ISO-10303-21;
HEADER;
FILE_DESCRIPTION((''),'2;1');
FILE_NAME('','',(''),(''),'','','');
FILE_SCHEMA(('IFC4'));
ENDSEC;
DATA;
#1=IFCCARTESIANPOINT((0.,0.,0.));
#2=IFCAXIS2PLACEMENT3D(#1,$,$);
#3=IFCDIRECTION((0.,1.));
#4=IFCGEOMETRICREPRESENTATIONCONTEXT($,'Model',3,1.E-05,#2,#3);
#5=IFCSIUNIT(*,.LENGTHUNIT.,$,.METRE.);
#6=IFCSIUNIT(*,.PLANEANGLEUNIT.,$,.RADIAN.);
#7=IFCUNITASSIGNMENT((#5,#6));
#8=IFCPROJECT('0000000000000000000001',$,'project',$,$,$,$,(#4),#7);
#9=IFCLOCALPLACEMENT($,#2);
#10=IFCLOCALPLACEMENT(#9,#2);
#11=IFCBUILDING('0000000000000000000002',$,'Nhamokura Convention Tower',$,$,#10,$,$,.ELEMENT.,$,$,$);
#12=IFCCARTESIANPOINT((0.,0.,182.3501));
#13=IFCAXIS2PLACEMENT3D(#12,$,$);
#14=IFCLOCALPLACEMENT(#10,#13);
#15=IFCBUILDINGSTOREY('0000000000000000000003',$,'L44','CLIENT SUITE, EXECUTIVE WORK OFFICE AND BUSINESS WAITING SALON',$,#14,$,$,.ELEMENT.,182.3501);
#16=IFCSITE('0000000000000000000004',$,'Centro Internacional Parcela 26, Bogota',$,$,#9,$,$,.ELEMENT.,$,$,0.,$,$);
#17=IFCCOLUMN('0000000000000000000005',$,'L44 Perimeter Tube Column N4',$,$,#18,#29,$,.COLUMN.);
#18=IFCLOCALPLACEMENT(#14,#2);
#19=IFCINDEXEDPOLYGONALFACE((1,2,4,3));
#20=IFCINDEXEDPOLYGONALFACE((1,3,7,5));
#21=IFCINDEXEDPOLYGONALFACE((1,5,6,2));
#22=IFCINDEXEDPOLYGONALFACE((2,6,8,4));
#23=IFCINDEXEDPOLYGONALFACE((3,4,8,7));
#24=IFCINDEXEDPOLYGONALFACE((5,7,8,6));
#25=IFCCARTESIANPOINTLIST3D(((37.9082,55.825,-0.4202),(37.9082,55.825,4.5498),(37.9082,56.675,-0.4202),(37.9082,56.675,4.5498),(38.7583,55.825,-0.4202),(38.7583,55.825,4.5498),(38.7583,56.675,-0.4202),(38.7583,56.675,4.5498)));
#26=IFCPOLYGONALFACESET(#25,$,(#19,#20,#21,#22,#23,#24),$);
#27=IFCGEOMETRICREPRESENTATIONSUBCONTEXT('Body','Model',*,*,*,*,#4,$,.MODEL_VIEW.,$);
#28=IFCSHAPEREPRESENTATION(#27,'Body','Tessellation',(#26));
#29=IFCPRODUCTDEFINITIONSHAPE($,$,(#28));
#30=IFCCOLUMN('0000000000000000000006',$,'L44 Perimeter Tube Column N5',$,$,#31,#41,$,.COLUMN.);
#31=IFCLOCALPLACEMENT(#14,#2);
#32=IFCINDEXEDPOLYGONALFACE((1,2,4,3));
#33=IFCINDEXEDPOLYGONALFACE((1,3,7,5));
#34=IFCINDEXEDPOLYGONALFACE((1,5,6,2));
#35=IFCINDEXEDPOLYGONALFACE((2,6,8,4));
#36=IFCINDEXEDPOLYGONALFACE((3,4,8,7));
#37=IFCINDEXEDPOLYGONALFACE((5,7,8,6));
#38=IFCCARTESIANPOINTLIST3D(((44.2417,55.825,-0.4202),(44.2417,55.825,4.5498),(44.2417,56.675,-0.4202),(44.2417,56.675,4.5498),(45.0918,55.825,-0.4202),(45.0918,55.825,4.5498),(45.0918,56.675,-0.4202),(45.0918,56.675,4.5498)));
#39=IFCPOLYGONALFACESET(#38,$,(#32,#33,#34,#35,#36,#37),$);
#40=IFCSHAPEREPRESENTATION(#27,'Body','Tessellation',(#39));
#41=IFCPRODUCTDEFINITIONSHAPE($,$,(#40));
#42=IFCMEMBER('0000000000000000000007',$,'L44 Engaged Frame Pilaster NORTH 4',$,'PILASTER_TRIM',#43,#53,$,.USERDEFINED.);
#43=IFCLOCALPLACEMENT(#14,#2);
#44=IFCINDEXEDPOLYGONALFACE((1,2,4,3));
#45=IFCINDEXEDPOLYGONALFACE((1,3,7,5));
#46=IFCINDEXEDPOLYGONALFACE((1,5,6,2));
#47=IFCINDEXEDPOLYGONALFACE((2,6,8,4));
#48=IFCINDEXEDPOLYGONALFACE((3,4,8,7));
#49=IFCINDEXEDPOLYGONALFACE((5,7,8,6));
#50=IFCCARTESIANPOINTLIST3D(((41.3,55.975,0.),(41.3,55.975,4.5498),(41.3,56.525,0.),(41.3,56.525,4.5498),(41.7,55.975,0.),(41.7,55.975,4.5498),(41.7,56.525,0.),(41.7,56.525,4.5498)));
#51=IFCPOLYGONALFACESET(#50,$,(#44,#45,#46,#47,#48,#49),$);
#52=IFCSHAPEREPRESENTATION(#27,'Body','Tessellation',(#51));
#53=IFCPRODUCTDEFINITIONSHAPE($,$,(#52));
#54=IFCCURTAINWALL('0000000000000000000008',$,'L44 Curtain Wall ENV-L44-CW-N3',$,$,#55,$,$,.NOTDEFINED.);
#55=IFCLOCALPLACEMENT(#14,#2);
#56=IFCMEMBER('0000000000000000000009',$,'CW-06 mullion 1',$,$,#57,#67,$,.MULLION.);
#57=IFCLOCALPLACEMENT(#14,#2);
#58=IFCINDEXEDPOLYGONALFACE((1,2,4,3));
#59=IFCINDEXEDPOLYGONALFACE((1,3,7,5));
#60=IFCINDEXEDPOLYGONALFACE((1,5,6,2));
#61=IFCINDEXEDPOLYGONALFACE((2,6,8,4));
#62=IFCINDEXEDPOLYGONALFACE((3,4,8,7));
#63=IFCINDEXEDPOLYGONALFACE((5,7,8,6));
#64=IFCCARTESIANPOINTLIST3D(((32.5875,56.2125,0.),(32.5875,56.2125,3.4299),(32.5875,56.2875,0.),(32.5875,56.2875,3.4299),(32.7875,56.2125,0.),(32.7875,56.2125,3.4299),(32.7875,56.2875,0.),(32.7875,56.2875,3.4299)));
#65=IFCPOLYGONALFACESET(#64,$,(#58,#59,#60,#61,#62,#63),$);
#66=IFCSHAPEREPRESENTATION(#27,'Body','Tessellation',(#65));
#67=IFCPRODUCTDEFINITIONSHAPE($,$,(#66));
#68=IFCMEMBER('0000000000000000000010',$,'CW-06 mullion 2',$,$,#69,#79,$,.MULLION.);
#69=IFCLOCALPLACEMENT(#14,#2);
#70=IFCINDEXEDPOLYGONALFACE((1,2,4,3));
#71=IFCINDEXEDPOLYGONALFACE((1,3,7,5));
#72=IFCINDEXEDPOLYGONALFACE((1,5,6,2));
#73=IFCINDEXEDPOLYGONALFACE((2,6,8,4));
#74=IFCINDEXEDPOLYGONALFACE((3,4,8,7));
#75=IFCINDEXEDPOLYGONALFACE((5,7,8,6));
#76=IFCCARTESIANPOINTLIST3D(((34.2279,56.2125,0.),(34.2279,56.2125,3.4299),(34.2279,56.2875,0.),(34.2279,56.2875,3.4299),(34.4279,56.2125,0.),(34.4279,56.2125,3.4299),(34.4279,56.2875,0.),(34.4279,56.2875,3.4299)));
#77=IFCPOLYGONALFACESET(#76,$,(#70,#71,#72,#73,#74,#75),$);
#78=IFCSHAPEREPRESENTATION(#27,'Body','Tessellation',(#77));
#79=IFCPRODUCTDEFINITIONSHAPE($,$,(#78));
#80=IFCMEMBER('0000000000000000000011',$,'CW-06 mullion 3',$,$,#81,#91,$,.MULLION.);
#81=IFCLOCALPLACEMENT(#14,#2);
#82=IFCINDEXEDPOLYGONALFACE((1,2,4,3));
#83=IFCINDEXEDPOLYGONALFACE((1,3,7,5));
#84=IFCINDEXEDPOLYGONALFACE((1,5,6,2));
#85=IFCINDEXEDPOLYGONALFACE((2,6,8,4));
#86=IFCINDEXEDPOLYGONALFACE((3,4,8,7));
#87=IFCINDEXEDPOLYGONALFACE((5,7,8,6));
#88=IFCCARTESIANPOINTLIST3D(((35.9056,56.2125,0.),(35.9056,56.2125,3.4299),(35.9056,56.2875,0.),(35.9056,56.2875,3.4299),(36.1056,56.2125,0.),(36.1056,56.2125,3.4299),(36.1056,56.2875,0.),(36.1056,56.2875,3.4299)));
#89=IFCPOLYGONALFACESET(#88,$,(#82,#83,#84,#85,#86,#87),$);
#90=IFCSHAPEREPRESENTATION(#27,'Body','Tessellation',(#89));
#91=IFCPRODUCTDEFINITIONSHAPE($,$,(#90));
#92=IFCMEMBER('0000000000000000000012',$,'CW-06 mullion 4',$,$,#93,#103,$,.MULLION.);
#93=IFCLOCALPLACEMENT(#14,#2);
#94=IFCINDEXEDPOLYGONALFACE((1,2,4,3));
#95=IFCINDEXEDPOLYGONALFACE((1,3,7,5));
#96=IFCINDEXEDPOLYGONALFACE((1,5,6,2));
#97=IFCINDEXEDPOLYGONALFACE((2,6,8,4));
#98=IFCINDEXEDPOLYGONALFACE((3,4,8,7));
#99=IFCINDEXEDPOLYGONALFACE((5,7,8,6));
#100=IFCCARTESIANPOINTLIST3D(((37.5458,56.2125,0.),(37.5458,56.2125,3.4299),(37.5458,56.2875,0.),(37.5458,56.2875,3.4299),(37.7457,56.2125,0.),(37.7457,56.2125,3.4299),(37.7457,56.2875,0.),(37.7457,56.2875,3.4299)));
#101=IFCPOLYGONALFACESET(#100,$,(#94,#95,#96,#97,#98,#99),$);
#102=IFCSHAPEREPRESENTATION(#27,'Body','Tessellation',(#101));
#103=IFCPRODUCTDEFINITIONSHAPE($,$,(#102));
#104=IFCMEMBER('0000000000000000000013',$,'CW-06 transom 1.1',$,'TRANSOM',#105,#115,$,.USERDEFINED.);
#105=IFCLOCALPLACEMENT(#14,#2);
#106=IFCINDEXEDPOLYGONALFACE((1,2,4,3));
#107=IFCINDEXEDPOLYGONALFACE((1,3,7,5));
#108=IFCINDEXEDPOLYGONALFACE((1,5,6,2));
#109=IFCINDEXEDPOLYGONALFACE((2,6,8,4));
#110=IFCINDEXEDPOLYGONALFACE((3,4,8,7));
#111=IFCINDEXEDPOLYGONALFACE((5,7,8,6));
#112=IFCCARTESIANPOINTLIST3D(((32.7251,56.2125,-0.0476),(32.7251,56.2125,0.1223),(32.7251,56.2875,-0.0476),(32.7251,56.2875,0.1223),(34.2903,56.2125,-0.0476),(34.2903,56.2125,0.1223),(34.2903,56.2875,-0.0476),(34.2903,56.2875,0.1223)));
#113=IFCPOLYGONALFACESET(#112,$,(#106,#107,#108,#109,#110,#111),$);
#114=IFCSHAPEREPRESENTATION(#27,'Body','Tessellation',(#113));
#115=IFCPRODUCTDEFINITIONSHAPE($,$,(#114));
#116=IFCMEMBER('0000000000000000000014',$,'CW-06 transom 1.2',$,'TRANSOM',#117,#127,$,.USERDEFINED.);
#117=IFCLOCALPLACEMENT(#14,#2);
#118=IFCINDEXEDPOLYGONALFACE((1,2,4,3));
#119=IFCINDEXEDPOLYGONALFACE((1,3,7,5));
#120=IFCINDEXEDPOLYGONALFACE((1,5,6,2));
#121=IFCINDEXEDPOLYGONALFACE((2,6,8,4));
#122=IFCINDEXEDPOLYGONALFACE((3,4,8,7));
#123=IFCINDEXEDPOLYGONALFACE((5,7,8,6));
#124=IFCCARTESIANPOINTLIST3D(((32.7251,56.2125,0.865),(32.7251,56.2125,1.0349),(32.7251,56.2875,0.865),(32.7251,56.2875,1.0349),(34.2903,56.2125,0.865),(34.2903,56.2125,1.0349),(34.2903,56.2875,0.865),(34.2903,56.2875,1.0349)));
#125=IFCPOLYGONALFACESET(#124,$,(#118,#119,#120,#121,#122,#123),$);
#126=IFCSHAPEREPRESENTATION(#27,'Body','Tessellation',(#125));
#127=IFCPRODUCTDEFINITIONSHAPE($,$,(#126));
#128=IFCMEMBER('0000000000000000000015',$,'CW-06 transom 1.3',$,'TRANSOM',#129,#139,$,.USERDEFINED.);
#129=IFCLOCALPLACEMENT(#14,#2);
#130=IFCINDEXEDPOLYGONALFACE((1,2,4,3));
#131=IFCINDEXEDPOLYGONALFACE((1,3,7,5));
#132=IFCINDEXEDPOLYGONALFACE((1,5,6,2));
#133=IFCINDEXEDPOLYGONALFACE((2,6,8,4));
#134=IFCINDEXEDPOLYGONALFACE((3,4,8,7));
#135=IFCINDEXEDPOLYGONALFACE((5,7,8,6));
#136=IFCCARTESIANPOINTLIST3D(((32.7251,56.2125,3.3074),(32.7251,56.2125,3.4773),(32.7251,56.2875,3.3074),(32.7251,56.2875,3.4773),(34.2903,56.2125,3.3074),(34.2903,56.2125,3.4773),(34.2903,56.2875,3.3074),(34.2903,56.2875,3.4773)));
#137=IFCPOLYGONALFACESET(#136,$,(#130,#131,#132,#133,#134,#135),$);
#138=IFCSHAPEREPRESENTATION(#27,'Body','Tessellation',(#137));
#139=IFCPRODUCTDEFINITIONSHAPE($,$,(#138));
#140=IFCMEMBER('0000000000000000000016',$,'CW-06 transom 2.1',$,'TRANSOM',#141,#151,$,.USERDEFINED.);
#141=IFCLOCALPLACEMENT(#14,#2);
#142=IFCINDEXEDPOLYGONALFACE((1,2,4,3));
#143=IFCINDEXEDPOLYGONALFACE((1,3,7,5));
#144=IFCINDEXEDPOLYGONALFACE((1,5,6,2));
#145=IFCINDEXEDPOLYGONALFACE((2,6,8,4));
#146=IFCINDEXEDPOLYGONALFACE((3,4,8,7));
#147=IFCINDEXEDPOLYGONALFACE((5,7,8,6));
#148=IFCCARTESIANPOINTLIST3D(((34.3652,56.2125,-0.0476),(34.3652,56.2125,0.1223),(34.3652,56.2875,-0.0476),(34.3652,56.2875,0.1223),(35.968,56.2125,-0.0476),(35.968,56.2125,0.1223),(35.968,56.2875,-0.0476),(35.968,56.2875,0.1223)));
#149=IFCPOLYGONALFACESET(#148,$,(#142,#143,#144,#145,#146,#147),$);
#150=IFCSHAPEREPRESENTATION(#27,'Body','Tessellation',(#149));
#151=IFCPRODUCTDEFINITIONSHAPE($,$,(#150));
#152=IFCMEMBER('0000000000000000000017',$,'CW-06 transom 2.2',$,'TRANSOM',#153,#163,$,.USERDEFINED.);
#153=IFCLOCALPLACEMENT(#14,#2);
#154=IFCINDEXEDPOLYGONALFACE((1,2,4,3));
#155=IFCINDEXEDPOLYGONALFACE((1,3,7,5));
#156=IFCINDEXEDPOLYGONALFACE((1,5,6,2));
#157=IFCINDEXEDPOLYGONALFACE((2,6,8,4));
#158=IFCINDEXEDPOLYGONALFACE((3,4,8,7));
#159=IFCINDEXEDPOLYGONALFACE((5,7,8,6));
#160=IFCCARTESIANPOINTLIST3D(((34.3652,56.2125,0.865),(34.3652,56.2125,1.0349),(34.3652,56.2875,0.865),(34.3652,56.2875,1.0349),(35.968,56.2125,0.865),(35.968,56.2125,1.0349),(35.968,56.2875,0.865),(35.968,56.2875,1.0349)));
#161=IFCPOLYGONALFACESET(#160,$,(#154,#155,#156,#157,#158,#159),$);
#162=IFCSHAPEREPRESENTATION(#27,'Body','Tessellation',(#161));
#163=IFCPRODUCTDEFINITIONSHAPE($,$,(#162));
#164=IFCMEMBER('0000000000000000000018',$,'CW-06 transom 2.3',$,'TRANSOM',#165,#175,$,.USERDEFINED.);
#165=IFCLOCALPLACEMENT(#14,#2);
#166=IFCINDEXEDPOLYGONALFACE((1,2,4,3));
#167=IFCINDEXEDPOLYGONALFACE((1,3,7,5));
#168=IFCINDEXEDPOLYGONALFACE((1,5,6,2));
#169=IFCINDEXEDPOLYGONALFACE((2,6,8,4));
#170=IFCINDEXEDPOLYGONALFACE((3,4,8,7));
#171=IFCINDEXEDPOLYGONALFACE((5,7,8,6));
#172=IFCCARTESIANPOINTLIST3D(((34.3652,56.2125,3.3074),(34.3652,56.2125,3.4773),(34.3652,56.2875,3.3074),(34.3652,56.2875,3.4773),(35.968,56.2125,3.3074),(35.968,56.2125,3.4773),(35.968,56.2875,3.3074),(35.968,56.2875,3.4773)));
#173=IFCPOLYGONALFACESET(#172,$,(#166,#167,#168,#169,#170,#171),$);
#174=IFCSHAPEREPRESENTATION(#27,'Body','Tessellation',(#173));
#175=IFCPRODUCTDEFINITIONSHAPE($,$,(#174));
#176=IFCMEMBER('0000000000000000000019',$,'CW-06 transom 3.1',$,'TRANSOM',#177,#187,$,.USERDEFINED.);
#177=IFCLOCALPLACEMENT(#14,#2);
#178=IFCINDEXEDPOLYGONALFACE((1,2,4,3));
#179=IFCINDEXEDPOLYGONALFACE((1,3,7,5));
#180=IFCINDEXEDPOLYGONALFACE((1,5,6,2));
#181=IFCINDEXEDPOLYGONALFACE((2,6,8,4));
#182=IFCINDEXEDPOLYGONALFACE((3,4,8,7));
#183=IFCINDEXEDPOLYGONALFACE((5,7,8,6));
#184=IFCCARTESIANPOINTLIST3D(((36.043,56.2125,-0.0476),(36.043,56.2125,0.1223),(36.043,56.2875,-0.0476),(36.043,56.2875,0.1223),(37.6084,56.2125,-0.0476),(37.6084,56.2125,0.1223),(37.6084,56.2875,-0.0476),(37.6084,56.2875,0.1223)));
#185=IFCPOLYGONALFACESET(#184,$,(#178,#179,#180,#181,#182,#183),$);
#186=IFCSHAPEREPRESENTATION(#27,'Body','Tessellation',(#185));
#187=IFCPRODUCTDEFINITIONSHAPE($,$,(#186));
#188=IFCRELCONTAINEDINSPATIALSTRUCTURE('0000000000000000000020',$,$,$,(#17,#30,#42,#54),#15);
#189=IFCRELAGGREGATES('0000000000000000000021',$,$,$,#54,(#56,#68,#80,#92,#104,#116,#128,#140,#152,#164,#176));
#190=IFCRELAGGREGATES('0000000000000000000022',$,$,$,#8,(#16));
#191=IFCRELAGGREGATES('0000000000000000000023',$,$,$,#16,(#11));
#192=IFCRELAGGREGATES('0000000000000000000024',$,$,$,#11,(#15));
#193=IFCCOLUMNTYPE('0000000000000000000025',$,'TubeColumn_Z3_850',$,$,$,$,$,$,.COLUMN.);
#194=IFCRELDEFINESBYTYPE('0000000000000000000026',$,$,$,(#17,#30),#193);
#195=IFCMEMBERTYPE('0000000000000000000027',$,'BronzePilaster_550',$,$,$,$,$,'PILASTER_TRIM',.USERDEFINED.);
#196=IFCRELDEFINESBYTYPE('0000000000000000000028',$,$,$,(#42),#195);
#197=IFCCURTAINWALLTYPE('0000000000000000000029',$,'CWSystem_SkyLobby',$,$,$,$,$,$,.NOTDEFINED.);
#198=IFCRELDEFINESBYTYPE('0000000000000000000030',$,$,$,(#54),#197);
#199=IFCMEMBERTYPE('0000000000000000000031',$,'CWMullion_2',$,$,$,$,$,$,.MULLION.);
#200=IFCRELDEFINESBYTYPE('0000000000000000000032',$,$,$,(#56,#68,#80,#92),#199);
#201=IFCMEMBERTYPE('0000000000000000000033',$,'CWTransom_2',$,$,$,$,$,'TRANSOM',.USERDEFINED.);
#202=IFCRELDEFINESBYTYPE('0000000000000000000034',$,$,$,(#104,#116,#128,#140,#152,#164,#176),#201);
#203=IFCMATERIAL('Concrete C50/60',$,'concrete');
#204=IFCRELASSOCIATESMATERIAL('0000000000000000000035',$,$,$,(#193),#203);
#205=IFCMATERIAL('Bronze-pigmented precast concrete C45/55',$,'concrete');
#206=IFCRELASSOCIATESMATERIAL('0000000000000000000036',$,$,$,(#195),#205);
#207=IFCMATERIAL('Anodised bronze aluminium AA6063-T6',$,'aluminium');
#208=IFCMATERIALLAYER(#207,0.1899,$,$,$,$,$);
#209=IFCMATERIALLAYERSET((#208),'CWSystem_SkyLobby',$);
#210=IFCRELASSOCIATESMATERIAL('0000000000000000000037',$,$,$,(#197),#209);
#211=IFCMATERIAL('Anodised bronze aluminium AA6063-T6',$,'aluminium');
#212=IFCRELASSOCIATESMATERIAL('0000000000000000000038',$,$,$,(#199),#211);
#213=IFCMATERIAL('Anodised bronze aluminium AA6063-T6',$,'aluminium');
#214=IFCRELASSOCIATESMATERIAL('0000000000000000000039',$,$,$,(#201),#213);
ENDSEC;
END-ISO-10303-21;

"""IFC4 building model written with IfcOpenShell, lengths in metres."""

from ifc_helpers import new_model, si_unit, direction, frame, origin, origin_2d, place, context, subcontext, project, spatial, rectangle, extrude, material, layer, layer_set, material_profile, profile_set, type_object, element, aggregate, save


model = new_model("IFC4")

# Units and contexts
model_context = context("Model", 3, precision=1e-05, world=origin(), true_north=direction((0.0, 1.0)))
body_context = subcontext(model_context, "Body", "Model", "MODEL_VIEW")
ifc_project = project(units=[si_unit("LENGTHUNIT", "METRE"), si_unit("PLANEANGLEUNIT", "RADIAN")], contexts=[model_context])

# Site, building, storey
site_placement = place(None, origin())
site = spatial("IfcSite", under=ifc_project, at=site_placement, Name="Centro Internacional Parcela 26, Bogota", CompositionType="ELEMENT", RefElevation=0.0)
building_placement = place(site_placement, origin())
building = spatial("IfcBuilding", under=site, at=building_placement, Name="Nhamokura Convention Tower", CompositionType="ELEMENT")
storey_placement = place(building_placement, frame((0.0, 0.0, 182.3501)))
storey = spatial("IfcBuildingStorey", under=building, at=storey_placement, Name="L44", Description="CLIENT SUITE, EXECUTIVE WORK OFFICE AND BUSINESS WAITING SALON", CompositionType="ELEMENT", Elevation=182.3501)

# Columns
ifc_material_1 = material(Name="Concrete C50/60", Category="concrete")
ifc_material_profile_1 = material_profile(ifc_material_1, rectangle(XDim=0.8501, YDim=0.8501, at=origin_2d()))
ifc_profile_set_1 = profile_set([ifc_material_profile_1], Name="Concrete C50/60")
column_type = type_object("IfcColumnType", Name="TubeColumn_Z3_850", PredefinedType="COLUMN", material=ifc_profile_set_1)
for number, where, z_axis, x_axis, name in (
    (1, (38.3333, 56.25, -0.4202), (0.0, 0.0, 1.0), (1.0, 0.0, 0.0), "L44 Perimeter Tube Column N4"),
    (2, (44.6667, 56.25, -0.4202), (0.0, 0.0, 1.0), (1.0, 0.0, 0.0), "L44 Perimeter Tube Column N5"),
):
    element("IfcColumn", number, at=place(storey_placement, frame(where, z_axis=z_axis, x_axis=x_axis)), inside=storey, type_object=column_type, Name=name, PredefinedType="COLUMN", context=body_context, shape_type="SweptSolid", body=[
        extrude(rectangle(XDim=0.8501, YDim=0.8501, at=origin_2d()), origin(), (0.0, 0.0, 1.0), 4.97),
    ])

# Member
ifc_material_2 = material(Name="Bronze-pigmented precast concrete C45/55", Category="concrete")
ifc_material_profile_2 = material_profile(ifc_material_2, rectangle(XDim=0.3999, YDim=0.55, at=origin_2d()))
ifc_profile_set_2 = profile_set([ifc_material_profile_2], Name="Bronze-pigmented precast concrete C45/55")
member_type_1 = type_object("IfcMemberType", Name="BronzePilaster_550", ElementType="PILASTER_TRIM", PredefinedType="USERDEFINED", material=ifc_profile_set_2)
member_1_placement = place(storey_placement, frame((41.5, 56.25, 0.0), z_axis=(0.0, 0.0, 1.0), x_axis=(1.0, 0.0, 0.0)))
element("IfcMember", 3, at=member_1_placement, inside=storey, type_object=member_type_1, Name="L44 Engaged Frame Pilaster NORTH 4", ObjectType="PILASTER_TRIM", PredefinedType="USERDEFINED", context=body_context, shape_type="SweptSolid", body=[
    extrude(rectangle(XDim=0.3999, YDim=0.55, at=origin_2d()), origin(), (0.0, 0.0, 1.0), 4.5498),
])

# Curtain wall, members
ifc_material_3 = material(Name="Anodised bronze aluminium AA6063-T6", Category="aluminium")
ifc_layer_1 = layer(ifc_material_3, 0.1899)
ifc_layer_set_1 = layer_set([ifc_layer_1], Name="CWSystem_SkyLobby")
curtain_wall_type = type_object("IfcCurtainWallType", Name="CWSystem_SkyLobby", PredefinedType="NOTDEFINED", material=ifc_layer_set_1)
curtain_wall_placement = place(storey_placement, origin())
curtain_wall = element("IfcCurtainWall", 4, at=curtain_wall_placement, inside=storey, type_object=curtain_wall_type, Name="L44 Curtain Wall ENV-L44-CW-N3", PredefinedType="NOTDEFINED")
ifc_material_4 = material(Name="Anodised bronze aluminium AA6063-T6", Category="aluminium")
ifc_material_profile_3 = material_profile(ifc_material_4, rectangle(XDim=0.075, YDim=0.2, at=origin_2d()))
ifc_profile_set_3 = profile_set([ifc_material_profile_3], Name="Anodised bronze aluminium AA6063-T6")
member_type_2 = type_object("IfcMemberType", Name="CWMullion_2", PredefinedType="MULLION", material=ifc_profile_set_3)
member_2_placement = place(storey_placement, frame((32.6875, 56.25, 0.0), z_axis=(0.0, 0.0, 1.0), x_axis=(0.0, 1.0, 0.0)))
member_2 = element("IfcMember", 5, at=member_2_placement, type_object=member_type_2, Name="CW-06 mullion 1", PredefinedType="MULLION", context=body_context, shape_type="SweptSolid", body=[
    extrude(rectangle(XDim=0.075, YDim=0.2, at=origin_2d()), origin(), (0.0, 0.0, 1.0), 3.4299),
])
member_3_placement = place(storey_placement, frame((34.3279, 56.25, 0.0), z_axis=(0.0, 0.0, 1.0), x_axis=(0.0, 1.0, 0.0)))
member_3 = element("IfcMember", 6, at=member_3_placement, type_object=member_type_2, Name="CW-06 mullion 2", PredefinedType="MULLION", context=body_context, shape_type="SweptSolid", body=[
    extrude(rectangle(XDim=0.075, YDim=0.2, at=origin_2d()), origin(), (0.0, 0.0, 1.0), 3.4299),
])
member_4_placement = place(storey_placement, frame((36.0056, 56.25, 0.0), z_axis=(0.0, 0.0, 1.0), x_axis=(0.0, 1.0, 0.0)))
member_4 = element("IfcMember", 7, at=member_4_placement, type_object=member_type_2, Name="CW-06 mullion 3", PredefinedType="MULLION", context=body_context, shape_type="SweptSolid", body=[
    extrude(rectangle(XDim=0.075, YDim=0.2, at=origin_2d()), origin(), (0.0, 0.0, 1.0), 3.4299),
])
member_5_placement = place(storey_placement, frame((37.6458, 56.25, 0.0), z_axis=(0.0, 0.0, 1.0), x_axis=(0.0, 1.0, 0.0)))
member_5 = element("IfcMember", 8, at=member_5_placement, type_object=member_type_2, Name="CW-06 mullion 4", PredefinedType="MULLION", context=body_context, shape_type="SweptSolid", body=[
    extrude(rectangle(XDim=0.075, YDim=0.2, at=origin_2d()), origin(), (0.0, 0.0, 1.0), 3.4299),
])
ifc_material_5 = material(Name="Anodised bronze aluminium AA6063-T6", Category="aluminium")
ifc_material_profile_4 = material_profile(ifc_material_5, rectangle(XDim=0.075, YDim=0.1699, at=origin_2d()))
ifc_profile_set_4 = profile_set([ifc_material_profile_4], Name="Anodised bronze aluminium AA6063-T6")
member_type_3 = type_object("IfcMemberType", Name="CWTransom_2", ElementType="TRANSOM", PredefinedType="USERDEFINED", material=ifc_profile_set_4)
member_6_placement = place(storey_placement, frame((32.7251, 56.25, 0.0374), z_axis=(1.0, 0.0, 0.0), x_axis=(0.0, 1.0, 0.0)))
member_6 = element("IfcMember", 9, at=member_6_placement, type_object=member_type_3, Name="CW-06 transom 1.1", ObjectType="TRANSOM", PredefinedType="USERDEFINED", context=body_context, shape_type="SweptSolid", body=[
    extrude(rectangle(XDim=0.075, YDim=0.1699, at=origin_2d()), origin(), (0.0, 0.0, 1.0), 1.5652),
])
member_7_placement = place(storey_placement, frame((32.7251, 56.25, 0.95), z_axis=(1.0, 0.0, 0.0), x_axis=(0.0, 1.0, 0.0)))
member_7 = element("IfcMember", 10, at=member_7_placement, type_object=member_type_3, Name="CW-06 transom 1.2", ObjectType="TRANSOM", PredefinedType="USERDEFINED", context=body_context, shape_type="SweptSolid", body=[
    extrude(rectangle(XDim=0.075, YDim=0.1699, at=origin_2d()), origin(), (0.0, 0.0, 1.0), 1.5652),
])
member_8_placement = place(storey_placement, frame((32.7251, 56.25, 3.3923), z_axis=(1.0, 0.0, 0.0), x_axis=(0.0, 1.0, 0.0)))
member_8 = element("IfcMember", 11, at=member_8_placement, type_object=member_type_3, Name="CW-06 transom 1.3", ObjectType="TRANSOM", PredefinedType="USERDEFINED", context=body_context, shape_type="SweptSolid", body=[
    extrude(rectangle(XDim=0.075, YDim=0.1699, at=origin_2d()), origin(), (0.0, 0.0, 1.0), 1.5652),
])
member_9_placement = place(storey_placement, frame((34.3652, 56.25, 0.0374), z_axis=(1.0, 0.0, 0.0), x_axis=(0.0, 1.0, 0.0)))
member_9 = element("IfcMember", 12, at=member_9_placement, type_object=member_type_3, Name="CW-06 transom 2.1", ObjectType="TRANSOM", PredefinedType="USERDEFINED", context=body_context, shape_type="SweptSolid", body=[
    extrude(rectangle(XDim=0.075, YDim=0.1699, at=origin_2d()), origin(), (0.0, 0.0, 1.0), 1.6028),
])
member_10_placement = place(storey_placement, frame((34.3652, 56.25, 0.95), z_axis=(1.0, 0.0, 0.0), x_axis=(0.0, 1.0, 0.0)))
member_10 = element("IfcMember", 13, at=member_10_placement, type_object=member_type_3, Name="CW-06 transom 2.2", ObjectType="TRANSOM", PredefinedType="USERDEFINED", context=body_context, shape_type="SweptSolid", body=[
    extrude(rectangle(XDim=0.075, YDim=0.1699, at=origin_2d()), origin(), (0.0, 0.0, 1.0), 1.6028),
])
member_11_placement = place(storey_placement, frame((34.3652, 56.25, 3.3923), z_axis=(1.0, 0.0, 0.0), x_axis=(0.0, 1.0, 0.0)))
member_11 = element("IfcMember", 14, at=member_11_placement, type_object=member_type_3, Name="CW-06 transom 2.3", ObjectType="TRANSOM", PredefinedType="USERDEFINED", context=body_context, shape_type="SweptSolid", body=[
    extrude(rectangle(XDim=0.075, YDim=0.1699, at=origin_2d()), origin(), (0.0, 0.0, 1.0), 1.6028),
])
member_12_placement = place(storey_placement, frame((36.043, 56.25, 0.0374), z_axis=(1.0, 0.0, 0.0), x_axis=(0.0, 1.0, 0.0)))
member_12 = element("IfcMember", 15, at=member_12_placement, type_object=member_type_3, Name="CW-06 transom 3.1", ObjectType="TRANSOM", PredefinedType="USERDEFINED", context=body_context, shape_type="SweptSolid", body=[
    extrude(rectangle(XDim=0.075, YDim=0.1699, at=origin_2d()), origin(), (0.0, 0.0, 1.0), 1.5654),
])

aggregate(curtain_wall, [member_2, member_3, member_4, member_5, member_6, member_7, member_8, member_9, member_10, member_11, member_12])

save(model, "model.ifc")
